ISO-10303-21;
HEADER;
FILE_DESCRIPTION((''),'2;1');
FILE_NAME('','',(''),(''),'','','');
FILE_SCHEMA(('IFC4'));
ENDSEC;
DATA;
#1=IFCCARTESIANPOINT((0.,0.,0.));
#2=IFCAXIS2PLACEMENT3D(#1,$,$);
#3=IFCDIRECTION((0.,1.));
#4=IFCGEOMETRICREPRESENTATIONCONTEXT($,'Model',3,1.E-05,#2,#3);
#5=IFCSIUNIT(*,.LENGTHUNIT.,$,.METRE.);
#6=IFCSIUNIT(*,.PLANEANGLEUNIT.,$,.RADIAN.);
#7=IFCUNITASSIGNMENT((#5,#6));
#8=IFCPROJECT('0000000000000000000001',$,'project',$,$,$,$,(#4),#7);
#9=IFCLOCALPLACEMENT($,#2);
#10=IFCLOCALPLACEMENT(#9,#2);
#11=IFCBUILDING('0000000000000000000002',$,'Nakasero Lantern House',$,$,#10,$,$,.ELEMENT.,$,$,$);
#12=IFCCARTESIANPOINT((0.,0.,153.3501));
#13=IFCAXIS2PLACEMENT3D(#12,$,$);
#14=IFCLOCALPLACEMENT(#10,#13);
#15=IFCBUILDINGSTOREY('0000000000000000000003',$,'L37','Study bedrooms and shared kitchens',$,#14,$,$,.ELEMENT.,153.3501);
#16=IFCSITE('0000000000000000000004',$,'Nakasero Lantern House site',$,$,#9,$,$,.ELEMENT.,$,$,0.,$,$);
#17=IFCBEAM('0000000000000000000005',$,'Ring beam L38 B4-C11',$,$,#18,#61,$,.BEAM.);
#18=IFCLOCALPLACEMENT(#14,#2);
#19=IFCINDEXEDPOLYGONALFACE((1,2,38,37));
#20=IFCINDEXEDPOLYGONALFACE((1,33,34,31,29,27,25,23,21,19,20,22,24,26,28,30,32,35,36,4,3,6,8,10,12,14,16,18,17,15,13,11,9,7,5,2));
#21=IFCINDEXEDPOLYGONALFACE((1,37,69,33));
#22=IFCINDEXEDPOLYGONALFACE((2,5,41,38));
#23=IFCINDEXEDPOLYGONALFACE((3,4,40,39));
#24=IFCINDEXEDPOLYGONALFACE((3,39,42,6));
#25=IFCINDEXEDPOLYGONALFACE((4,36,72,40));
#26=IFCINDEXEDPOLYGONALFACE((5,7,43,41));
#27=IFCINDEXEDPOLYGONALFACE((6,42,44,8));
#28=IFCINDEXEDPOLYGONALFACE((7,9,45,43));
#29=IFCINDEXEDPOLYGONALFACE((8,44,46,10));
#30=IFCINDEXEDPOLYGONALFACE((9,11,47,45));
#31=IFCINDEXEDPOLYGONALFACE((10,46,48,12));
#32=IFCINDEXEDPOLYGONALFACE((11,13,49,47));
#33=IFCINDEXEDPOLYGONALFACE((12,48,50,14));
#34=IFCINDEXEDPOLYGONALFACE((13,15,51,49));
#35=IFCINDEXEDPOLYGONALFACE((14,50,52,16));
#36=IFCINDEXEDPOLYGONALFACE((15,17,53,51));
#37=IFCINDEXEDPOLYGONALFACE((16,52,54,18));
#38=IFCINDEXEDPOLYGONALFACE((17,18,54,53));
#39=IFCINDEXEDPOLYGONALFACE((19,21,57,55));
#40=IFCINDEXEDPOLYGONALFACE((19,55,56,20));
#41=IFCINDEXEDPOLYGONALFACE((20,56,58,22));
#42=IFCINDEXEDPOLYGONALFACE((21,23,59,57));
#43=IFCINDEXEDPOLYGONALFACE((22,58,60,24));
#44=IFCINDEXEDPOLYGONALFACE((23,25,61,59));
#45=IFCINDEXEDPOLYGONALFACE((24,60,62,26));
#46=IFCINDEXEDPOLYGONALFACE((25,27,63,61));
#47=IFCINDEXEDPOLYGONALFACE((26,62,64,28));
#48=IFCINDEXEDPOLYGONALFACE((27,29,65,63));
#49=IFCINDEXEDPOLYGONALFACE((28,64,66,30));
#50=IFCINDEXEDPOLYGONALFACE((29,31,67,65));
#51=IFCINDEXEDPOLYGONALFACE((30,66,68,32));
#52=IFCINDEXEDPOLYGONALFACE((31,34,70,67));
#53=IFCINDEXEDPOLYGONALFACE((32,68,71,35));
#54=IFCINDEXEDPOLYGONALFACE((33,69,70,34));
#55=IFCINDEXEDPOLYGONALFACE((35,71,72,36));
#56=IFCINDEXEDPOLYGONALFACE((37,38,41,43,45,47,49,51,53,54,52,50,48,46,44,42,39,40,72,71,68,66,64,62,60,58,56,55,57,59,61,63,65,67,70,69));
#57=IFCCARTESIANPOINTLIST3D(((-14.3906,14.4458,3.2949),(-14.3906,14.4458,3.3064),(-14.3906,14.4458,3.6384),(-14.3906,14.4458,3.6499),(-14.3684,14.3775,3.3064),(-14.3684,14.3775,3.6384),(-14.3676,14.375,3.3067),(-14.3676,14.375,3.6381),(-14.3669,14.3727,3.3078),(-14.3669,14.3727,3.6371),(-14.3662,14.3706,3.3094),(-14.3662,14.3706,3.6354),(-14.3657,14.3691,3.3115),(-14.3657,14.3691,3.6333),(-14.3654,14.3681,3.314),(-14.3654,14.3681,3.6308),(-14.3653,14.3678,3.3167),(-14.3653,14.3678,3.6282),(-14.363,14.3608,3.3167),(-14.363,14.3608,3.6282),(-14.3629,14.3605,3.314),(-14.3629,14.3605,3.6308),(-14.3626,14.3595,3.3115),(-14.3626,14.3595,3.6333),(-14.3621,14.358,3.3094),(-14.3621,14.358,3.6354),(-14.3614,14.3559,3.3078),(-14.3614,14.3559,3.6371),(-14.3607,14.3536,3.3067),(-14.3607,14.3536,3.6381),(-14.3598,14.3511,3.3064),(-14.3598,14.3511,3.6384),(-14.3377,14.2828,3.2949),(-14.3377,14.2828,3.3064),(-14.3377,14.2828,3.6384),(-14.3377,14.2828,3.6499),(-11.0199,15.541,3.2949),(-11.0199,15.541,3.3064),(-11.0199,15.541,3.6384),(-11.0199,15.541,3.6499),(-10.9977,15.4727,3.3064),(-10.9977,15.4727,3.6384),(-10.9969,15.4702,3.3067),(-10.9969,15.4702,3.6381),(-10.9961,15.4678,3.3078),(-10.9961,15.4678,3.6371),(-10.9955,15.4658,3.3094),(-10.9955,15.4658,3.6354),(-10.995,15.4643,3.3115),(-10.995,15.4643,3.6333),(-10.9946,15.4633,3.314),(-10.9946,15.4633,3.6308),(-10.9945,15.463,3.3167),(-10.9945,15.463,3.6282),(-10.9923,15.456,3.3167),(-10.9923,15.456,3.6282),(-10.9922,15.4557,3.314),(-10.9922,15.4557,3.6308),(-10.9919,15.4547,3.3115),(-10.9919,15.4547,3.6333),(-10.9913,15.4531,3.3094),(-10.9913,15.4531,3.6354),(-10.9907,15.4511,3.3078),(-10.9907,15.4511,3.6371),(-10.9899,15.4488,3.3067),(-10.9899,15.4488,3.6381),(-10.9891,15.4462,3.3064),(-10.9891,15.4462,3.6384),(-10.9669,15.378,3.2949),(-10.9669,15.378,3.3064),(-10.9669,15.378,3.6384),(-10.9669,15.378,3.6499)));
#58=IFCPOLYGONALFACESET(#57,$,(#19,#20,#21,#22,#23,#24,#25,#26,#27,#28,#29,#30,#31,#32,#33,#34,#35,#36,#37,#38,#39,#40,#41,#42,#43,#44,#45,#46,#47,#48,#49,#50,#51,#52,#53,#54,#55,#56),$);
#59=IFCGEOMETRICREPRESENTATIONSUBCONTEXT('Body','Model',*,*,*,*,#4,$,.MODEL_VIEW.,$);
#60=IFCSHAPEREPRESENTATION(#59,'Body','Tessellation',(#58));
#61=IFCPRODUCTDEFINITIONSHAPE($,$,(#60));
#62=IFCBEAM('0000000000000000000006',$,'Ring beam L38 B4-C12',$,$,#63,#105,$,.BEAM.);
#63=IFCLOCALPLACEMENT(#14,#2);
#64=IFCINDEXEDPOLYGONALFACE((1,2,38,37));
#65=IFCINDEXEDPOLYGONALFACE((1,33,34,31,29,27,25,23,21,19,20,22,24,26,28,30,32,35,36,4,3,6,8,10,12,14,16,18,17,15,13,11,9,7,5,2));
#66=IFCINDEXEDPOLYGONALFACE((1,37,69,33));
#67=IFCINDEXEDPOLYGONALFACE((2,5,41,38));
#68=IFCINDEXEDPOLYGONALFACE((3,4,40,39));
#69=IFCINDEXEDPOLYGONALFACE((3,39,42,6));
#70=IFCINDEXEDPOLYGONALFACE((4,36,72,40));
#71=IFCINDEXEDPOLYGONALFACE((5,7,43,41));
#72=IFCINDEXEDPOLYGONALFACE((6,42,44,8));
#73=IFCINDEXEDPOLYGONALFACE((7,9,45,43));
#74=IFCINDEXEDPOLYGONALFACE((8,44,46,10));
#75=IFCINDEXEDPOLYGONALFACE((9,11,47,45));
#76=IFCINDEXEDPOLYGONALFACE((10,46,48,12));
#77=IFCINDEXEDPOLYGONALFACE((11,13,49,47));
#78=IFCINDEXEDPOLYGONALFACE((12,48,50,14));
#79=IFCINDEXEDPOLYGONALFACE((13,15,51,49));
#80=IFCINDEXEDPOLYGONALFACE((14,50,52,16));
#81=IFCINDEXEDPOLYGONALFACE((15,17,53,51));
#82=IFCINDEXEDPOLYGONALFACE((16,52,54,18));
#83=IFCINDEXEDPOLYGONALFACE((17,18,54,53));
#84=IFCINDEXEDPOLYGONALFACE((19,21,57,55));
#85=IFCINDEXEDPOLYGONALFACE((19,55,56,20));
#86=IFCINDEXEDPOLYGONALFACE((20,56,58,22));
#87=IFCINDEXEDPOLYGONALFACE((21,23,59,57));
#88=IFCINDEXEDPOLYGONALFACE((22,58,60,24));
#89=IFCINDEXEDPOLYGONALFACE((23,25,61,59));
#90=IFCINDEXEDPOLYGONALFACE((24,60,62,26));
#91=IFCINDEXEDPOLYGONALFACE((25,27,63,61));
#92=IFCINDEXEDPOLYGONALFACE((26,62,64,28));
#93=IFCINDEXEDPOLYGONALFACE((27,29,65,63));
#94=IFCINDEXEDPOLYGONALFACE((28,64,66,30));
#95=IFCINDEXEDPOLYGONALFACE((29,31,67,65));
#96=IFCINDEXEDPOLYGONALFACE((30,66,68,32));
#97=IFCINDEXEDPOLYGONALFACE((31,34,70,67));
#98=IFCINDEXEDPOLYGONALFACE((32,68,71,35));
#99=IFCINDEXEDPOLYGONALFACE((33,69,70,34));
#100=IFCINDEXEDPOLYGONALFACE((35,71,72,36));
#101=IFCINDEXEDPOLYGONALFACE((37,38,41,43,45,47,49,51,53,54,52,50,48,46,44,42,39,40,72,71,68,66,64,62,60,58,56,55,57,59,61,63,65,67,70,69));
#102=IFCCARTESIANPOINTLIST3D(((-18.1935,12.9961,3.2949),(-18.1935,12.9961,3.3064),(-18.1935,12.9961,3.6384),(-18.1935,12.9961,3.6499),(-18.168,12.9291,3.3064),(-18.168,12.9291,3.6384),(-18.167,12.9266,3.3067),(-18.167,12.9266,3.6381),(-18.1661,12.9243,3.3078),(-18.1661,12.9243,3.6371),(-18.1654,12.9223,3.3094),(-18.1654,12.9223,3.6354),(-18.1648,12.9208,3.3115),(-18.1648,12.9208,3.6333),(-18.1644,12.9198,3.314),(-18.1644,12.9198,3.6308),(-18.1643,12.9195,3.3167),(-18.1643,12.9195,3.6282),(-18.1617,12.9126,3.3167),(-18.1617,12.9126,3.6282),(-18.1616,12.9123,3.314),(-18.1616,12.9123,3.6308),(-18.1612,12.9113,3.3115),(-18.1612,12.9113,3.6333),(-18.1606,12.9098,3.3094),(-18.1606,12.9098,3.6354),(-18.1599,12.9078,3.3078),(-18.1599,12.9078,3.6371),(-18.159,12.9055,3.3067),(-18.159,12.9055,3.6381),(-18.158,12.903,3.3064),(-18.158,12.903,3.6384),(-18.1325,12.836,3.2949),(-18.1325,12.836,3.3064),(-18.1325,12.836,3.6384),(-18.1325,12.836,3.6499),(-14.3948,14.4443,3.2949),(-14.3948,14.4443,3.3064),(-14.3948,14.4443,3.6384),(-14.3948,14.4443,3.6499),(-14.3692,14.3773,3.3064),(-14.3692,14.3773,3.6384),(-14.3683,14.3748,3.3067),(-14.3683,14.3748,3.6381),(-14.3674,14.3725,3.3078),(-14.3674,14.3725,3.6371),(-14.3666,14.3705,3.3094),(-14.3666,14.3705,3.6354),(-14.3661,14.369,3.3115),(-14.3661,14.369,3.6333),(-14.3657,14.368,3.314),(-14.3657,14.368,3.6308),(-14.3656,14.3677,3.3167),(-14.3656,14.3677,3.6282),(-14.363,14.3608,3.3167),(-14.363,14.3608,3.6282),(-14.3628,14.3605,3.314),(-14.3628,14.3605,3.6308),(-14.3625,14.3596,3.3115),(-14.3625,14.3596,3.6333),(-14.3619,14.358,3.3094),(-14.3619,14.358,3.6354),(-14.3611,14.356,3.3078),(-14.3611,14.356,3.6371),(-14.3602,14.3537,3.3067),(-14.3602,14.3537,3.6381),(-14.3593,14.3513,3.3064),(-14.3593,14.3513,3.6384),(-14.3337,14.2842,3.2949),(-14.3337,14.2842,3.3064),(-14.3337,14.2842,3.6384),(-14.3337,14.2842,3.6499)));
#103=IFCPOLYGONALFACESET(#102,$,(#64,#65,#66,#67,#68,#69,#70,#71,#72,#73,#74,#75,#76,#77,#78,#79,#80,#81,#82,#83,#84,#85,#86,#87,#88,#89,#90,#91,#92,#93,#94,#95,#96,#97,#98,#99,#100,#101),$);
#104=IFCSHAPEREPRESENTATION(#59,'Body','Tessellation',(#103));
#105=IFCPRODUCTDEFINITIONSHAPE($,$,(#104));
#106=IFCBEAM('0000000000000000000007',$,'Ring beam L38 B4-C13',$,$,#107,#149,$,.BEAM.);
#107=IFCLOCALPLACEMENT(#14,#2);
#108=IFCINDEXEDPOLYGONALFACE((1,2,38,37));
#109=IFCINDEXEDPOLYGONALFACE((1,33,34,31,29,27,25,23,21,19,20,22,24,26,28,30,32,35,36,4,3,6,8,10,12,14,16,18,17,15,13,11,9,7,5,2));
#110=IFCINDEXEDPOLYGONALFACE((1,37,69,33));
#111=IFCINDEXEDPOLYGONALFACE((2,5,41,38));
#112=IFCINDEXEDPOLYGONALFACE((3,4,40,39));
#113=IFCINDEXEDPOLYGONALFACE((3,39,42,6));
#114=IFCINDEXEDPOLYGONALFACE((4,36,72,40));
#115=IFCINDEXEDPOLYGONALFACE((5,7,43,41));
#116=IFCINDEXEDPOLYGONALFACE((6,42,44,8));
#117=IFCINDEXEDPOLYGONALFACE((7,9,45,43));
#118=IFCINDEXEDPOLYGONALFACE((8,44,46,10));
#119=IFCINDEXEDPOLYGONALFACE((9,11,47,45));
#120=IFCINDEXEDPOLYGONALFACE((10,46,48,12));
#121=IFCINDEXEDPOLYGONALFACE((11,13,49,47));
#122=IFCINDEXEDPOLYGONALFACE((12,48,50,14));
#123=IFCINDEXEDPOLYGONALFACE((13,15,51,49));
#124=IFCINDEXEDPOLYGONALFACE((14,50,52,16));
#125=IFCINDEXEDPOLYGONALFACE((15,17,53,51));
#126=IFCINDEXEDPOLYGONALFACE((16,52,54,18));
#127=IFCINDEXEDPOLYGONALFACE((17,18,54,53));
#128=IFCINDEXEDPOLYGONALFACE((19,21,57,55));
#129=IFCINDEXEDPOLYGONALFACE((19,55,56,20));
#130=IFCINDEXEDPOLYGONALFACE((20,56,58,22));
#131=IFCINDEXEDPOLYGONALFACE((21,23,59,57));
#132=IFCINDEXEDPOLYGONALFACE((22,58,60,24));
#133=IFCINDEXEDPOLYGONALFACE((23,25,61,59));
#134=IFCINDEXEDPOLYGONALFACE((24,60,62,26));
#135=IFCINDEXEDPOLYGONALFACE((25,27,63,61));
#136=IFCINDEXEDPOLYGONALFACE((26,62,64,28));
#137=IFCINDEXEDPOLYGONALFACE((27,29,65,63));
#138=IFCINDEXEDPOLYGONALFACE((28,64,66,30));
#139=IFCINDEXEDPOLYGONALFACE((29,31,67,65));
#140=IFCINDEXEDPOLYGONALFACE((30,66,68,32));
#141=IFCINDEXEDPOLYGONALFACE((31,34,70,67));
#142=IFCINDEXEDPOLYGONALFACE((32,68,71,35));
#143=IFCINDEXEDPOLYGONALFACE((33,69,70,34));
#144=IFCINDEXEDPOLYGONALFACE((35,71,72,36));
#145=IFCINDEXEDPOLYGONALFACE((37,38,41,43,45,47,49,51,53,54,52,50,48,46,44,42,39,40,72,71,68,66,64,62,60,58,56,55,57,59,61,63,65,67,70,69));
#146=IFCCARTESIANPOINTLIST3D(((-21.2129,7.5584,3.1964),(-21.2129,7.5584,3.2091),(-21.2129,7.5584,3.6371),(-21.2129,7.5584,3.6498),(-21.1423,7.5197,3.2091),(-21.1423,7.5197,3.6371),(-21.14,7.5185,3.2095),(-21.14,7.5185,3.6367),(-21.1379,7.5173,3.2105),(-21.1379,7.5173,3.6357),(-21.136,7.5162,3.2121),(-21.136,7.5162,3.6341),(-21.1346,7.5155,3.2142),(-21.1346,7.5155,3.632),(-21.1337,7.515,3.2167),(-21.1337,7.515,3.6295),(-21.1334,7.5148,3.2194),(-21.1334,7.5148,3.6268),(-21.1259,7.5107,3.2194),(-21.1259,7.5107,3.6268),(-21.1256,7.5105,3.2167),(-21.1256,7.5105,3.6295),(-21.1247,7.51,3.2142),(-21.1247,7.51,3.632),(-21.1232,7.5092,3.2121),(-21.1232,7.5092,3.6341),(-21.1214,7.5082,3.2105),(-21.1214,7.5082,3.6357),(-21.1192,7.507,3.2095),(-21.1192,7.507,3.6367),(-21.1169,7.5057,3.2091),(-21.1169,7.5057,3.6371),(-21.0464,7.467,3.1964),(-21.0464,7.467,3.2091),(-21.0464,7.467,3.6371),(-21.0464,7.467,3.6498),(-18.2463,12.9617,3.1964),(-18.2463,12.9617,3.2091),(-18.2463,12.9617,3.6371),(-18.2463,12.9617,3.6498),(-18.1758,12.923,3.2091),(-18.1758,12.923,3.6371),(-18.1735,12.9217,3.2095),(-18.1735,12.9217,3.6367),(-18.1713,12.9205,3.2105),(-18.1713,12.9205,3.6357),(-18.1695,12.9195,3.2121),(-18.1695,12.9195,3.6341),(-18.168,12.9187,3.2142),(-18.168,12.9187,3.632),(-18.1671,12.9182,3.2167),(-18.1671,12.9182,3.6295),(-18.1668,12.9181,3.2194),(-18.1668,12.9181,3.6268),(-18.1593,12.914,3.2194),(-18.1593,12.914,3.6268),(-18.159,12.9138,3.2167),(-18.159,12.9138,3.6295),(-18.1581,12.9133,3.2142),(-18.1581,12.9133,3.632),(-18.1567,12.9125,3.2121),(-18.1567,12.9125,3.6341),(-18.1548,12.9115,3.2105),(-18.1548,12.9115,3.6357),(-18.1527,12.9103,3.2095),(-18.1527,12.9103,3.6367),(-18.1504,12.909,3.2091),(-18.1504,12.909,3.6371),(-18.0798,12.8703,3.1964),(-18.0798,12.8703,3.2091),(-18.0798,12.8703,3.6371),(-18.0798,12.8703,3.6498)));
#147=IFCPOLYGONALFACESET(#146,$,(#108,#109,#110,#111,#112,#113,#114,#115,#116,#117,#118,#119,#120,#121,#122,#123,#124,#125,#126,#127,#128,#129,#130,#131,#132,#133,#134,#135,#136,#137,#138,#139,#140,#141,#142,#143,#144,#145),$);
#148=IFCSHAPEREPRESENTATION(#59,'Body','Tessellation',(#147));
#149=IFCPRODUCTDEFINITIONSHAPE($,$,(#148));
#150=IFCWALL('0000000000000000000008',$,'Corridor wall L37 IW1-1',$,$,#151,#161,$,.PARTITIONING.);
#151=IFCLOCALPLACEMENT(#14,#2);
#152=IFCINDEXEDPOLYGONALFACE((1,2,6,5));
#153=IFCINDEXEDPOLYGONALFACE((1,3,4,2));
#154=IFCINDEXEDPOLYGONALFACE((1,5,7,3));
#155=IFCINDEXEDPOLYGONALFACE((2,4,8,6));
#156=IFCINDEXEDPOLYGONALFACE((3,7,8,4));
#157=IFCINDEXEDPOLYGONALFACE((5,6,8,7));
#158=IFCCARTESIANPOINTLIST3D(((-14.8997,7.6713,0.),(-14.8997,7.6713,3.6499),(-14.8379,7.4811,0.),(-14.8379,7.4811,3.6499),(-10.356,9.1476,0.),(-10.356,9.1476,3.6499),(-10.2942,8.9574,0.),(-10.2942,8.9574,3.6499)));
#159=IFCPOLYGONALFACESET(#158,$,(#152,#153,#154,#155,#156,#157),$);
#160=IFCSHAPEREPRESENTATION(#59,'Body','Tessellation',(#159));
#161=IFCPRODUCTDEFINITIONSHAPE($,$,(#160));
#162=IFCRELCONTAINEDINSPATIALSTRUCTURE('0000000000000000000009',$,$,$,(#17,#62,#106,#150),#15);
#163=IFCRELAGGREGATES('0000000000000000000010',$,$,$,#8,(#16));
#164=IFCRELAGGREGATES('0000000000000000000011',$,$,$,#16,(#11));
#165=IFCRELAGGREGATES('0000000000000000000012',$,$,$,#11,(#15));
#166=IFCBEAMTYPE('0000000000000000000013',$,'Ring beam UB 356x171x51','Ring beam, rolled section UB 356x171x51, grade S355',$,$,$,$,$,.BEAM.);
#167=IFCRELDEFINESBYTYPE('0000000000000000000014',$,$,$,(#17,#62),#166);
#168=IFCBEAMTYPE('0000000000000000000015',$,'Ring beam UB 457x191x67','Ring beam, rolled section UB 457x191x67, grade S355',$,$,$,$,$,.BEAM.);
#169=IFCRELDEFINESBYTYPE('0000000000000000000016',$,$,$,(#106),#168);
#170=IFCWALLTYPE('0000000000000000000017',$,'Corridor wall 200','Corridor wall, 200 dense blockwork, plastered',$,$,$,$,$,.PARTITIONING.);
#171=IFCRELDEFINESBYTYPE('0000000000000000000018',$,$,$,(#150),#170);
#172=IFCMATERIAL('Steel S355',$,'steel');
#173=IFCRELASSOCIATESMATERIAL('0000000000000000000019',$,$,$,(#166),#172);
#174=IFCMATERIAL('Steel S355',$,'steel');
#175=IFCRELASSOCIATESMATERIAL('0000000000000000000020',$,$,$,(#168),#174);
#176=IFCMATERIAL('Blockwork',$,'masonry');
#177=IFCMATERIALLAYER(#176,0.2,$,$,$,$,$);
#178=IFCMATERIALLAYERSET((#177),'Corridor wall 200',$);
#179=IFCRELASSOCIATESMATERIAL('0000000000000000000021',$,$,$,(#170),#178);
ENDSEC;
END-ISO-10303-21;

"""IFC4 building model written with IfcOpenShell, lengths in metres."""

from ifc_helpers import new_model, si_unit, direction, frame, frame_2d, origin, origin_2d, place, context, subcontext, project, spatial, rectangle, i_section, extrude, material, layer, layer_set, material_profile, profile_set, type_object, element, save


model = new_model("IFC4")

# Units and contexts
model_context = context("Model", 3, precision=1e-05, world=origin(), true_north=direction((0.0, 1.0)))
body_context = subcontext(model_context, "Body", "Model", "MODEL_VIEW")
ifc_project = project(units=[si_unit("LENGTHUNIT", "METRE"), si_unit("PLANEANGLEUNIT", "RADIAN")], contexts=[model_context])

# Site, building, storey
site_placement = place(None, origin())
site = spatial("IfcSite", under=ifc_project, at=site_placement, Name="Nakasero Lantern House site", CompositionType="ELEMENT", RefElevation=0.0)
building_placement = place(site_placement, origin())
building = spatial("IfcBuilding", under=site, at=building_placement, Name="Nakasero Lantern House", CompositionType="ELEMENT")
storey_placement = place(building_placement, frame((0.0, 0.0, 153.3501)))
storey = spatial("IfcBuildingStorey", under=building, at=storey_placement, Name="L37", Description="Study bedrooms and shared kitchens", CompositionType="ELEMENT", Elevation=153.3501)

# Beams
ifc_material_1 = material(Name="Steel S355", Category="steel")
ifc_material_profile_1 = material_profile(ifc_material_1, i_section(OverallWidth=0.1714, OverallDepth=0.355, WebThickness=0.0073, FlangeThickness=0.0115, FilletRadius=0.0103, at=origin_2d()), Name="UB 356x171x51")
ifc_profile_set_1 = profile_set([ifc_material_profile_1], Name="Steel S355")
beam_type_1 = type_object("IfcBeamType", Name="Ring beam UB 356x171x51", Description="Ring beam, rolled section UB 356x171x51, grade S355", PredefinedType="BEAM", material=ifc_profile_set_1)
beam_1_placement = place(storey_placement, frame((-10.9934, 15.4595, 3.4724), z_axis=(-0.95106, -0.309007, 0.0), x_axis=(0.309007, -0.95106, 0.0)))
element("IfcBeam", 1, at=beam_1_placement, inside=storey, type_object=beam_type_1, Name="Ring beam L38 B4-C11", PredefinedType="BEAM", context=body_context, shape_type="SweptSolid", body=[
    extrude(i_section(OverallWidth=0.1714, OverallDepth=0.355, WebThickness=0.0073, FlangeThickness=0.0115, FilletRadius=0.0103, at=origin_2d()), origin(), (0.0, 0.0, 1.0), 3.5442),
])
beam_2_placement = place(storey_placement, frame((-14.3643, 14.3643, 3.4724), z_axis=(-0.9344, -0.356225, 0.0), x_axis=(0.356225, -0.9344, 0.0)))
element("IfcBeam", 2, at=beam_2_placement, inside=storey, type_object=beam_type_1, Name="Ring beam L38 B4-C12", PredefinedType="BEAM", context=body_context, shape_type="SweptSolid", body=[
    extrude(i_section(OverallWidth=0.1714, OverallDepth=0.355, WebThickness=0.0073, FlangeThickness=0.0115, FilletRadius=0.0103, at=origin_2d()), origin(), (0.0, 0.0, 1.0), 4.0654),
])
ifc_material_2 = material(Name="Steel S355", Category="steel")
ifc_material_profile_2 = material_profile(ifc_material_2, i_section(OverallWidth=0.1899, OverallDepth=0.4534, WebThickness=0.0085, FlangeThickness=0.0127, FilletRadius=0.0103, at=origin_2d()), Name="UB 457x191x67")
ifc_profile_set_2 = profile_set([ifc_material_profile_2], Name="Steel S355")
beam_type_2 = type_object("IfcBeamType", Name="Ring beam UB 457x191x67", Description="Ring beam, rolled section UB 457x191x67, grade S355", PredefinedType="BEAM", material=ifc_profile_set_2)
beam_3_placement = place(storey_placement, frame((-18.1631, 12.916, 3.4231), z_axis=(-0.481262, -0.876577, 0.0), x_axis=(0.876577, -0.481262, 0.0)))
element("IfcBeam", 3, at=beam_3_placement, inside=storey, type_object=beam_type_2, Name="Ring beam L38 B4-C13", PredefinedType="BEAM", context=body_context, shape_type="SweptSolid", body=[
    extrude(i_section(OverallWidth=0.1899, OverallDepth=0.4534, WebThickness=0.0085, FlangeThickness=0.0127, FilletRadius=0.0103, at=origin_2d()), origin(), (0.0, 0.0, 1.0), 6.1641),
])

# Wall
ifc_material_3 = material(Name="Blockwork", Category="masonry")
ifc_layer_1 = layer(ifc_material_3, 0.2)
ifc_layer_set_1 = layer_set([ifc_layer_1], Name="Corridor wall 200")
wall_type_1 = type_object("IfcWallType", Name="Corridor wall 200", Description="Corridor wall, 200 dense blockwork, plastered", PredefinedType="PARTITIONING", material=ifc_layer_set_1)
wall_1_placement = place(storey_placement, frame((-10.3252, 9.0525, 0.0), z_axis=(0.0, 0.0, 1.0), x_axis=(-0.951058, -0.309013, 0.0)))
element("IfcWall", 4, at=wall_1_placement, inside=storey, type_object=wall_type_1, Name="Corridor wall L37 IW1-1", PredefinedType="PARTITIONING", context=body_context, shape_type="SweptSolid", body=[
    extrude(rectangle(XDim=4.7776, YDim=0.2, at=frame_2d((2.3887, 0.0))), origin(), (0.0, 0.0, 1.0), 3.6499),
])

save(model, "model.ifc")
